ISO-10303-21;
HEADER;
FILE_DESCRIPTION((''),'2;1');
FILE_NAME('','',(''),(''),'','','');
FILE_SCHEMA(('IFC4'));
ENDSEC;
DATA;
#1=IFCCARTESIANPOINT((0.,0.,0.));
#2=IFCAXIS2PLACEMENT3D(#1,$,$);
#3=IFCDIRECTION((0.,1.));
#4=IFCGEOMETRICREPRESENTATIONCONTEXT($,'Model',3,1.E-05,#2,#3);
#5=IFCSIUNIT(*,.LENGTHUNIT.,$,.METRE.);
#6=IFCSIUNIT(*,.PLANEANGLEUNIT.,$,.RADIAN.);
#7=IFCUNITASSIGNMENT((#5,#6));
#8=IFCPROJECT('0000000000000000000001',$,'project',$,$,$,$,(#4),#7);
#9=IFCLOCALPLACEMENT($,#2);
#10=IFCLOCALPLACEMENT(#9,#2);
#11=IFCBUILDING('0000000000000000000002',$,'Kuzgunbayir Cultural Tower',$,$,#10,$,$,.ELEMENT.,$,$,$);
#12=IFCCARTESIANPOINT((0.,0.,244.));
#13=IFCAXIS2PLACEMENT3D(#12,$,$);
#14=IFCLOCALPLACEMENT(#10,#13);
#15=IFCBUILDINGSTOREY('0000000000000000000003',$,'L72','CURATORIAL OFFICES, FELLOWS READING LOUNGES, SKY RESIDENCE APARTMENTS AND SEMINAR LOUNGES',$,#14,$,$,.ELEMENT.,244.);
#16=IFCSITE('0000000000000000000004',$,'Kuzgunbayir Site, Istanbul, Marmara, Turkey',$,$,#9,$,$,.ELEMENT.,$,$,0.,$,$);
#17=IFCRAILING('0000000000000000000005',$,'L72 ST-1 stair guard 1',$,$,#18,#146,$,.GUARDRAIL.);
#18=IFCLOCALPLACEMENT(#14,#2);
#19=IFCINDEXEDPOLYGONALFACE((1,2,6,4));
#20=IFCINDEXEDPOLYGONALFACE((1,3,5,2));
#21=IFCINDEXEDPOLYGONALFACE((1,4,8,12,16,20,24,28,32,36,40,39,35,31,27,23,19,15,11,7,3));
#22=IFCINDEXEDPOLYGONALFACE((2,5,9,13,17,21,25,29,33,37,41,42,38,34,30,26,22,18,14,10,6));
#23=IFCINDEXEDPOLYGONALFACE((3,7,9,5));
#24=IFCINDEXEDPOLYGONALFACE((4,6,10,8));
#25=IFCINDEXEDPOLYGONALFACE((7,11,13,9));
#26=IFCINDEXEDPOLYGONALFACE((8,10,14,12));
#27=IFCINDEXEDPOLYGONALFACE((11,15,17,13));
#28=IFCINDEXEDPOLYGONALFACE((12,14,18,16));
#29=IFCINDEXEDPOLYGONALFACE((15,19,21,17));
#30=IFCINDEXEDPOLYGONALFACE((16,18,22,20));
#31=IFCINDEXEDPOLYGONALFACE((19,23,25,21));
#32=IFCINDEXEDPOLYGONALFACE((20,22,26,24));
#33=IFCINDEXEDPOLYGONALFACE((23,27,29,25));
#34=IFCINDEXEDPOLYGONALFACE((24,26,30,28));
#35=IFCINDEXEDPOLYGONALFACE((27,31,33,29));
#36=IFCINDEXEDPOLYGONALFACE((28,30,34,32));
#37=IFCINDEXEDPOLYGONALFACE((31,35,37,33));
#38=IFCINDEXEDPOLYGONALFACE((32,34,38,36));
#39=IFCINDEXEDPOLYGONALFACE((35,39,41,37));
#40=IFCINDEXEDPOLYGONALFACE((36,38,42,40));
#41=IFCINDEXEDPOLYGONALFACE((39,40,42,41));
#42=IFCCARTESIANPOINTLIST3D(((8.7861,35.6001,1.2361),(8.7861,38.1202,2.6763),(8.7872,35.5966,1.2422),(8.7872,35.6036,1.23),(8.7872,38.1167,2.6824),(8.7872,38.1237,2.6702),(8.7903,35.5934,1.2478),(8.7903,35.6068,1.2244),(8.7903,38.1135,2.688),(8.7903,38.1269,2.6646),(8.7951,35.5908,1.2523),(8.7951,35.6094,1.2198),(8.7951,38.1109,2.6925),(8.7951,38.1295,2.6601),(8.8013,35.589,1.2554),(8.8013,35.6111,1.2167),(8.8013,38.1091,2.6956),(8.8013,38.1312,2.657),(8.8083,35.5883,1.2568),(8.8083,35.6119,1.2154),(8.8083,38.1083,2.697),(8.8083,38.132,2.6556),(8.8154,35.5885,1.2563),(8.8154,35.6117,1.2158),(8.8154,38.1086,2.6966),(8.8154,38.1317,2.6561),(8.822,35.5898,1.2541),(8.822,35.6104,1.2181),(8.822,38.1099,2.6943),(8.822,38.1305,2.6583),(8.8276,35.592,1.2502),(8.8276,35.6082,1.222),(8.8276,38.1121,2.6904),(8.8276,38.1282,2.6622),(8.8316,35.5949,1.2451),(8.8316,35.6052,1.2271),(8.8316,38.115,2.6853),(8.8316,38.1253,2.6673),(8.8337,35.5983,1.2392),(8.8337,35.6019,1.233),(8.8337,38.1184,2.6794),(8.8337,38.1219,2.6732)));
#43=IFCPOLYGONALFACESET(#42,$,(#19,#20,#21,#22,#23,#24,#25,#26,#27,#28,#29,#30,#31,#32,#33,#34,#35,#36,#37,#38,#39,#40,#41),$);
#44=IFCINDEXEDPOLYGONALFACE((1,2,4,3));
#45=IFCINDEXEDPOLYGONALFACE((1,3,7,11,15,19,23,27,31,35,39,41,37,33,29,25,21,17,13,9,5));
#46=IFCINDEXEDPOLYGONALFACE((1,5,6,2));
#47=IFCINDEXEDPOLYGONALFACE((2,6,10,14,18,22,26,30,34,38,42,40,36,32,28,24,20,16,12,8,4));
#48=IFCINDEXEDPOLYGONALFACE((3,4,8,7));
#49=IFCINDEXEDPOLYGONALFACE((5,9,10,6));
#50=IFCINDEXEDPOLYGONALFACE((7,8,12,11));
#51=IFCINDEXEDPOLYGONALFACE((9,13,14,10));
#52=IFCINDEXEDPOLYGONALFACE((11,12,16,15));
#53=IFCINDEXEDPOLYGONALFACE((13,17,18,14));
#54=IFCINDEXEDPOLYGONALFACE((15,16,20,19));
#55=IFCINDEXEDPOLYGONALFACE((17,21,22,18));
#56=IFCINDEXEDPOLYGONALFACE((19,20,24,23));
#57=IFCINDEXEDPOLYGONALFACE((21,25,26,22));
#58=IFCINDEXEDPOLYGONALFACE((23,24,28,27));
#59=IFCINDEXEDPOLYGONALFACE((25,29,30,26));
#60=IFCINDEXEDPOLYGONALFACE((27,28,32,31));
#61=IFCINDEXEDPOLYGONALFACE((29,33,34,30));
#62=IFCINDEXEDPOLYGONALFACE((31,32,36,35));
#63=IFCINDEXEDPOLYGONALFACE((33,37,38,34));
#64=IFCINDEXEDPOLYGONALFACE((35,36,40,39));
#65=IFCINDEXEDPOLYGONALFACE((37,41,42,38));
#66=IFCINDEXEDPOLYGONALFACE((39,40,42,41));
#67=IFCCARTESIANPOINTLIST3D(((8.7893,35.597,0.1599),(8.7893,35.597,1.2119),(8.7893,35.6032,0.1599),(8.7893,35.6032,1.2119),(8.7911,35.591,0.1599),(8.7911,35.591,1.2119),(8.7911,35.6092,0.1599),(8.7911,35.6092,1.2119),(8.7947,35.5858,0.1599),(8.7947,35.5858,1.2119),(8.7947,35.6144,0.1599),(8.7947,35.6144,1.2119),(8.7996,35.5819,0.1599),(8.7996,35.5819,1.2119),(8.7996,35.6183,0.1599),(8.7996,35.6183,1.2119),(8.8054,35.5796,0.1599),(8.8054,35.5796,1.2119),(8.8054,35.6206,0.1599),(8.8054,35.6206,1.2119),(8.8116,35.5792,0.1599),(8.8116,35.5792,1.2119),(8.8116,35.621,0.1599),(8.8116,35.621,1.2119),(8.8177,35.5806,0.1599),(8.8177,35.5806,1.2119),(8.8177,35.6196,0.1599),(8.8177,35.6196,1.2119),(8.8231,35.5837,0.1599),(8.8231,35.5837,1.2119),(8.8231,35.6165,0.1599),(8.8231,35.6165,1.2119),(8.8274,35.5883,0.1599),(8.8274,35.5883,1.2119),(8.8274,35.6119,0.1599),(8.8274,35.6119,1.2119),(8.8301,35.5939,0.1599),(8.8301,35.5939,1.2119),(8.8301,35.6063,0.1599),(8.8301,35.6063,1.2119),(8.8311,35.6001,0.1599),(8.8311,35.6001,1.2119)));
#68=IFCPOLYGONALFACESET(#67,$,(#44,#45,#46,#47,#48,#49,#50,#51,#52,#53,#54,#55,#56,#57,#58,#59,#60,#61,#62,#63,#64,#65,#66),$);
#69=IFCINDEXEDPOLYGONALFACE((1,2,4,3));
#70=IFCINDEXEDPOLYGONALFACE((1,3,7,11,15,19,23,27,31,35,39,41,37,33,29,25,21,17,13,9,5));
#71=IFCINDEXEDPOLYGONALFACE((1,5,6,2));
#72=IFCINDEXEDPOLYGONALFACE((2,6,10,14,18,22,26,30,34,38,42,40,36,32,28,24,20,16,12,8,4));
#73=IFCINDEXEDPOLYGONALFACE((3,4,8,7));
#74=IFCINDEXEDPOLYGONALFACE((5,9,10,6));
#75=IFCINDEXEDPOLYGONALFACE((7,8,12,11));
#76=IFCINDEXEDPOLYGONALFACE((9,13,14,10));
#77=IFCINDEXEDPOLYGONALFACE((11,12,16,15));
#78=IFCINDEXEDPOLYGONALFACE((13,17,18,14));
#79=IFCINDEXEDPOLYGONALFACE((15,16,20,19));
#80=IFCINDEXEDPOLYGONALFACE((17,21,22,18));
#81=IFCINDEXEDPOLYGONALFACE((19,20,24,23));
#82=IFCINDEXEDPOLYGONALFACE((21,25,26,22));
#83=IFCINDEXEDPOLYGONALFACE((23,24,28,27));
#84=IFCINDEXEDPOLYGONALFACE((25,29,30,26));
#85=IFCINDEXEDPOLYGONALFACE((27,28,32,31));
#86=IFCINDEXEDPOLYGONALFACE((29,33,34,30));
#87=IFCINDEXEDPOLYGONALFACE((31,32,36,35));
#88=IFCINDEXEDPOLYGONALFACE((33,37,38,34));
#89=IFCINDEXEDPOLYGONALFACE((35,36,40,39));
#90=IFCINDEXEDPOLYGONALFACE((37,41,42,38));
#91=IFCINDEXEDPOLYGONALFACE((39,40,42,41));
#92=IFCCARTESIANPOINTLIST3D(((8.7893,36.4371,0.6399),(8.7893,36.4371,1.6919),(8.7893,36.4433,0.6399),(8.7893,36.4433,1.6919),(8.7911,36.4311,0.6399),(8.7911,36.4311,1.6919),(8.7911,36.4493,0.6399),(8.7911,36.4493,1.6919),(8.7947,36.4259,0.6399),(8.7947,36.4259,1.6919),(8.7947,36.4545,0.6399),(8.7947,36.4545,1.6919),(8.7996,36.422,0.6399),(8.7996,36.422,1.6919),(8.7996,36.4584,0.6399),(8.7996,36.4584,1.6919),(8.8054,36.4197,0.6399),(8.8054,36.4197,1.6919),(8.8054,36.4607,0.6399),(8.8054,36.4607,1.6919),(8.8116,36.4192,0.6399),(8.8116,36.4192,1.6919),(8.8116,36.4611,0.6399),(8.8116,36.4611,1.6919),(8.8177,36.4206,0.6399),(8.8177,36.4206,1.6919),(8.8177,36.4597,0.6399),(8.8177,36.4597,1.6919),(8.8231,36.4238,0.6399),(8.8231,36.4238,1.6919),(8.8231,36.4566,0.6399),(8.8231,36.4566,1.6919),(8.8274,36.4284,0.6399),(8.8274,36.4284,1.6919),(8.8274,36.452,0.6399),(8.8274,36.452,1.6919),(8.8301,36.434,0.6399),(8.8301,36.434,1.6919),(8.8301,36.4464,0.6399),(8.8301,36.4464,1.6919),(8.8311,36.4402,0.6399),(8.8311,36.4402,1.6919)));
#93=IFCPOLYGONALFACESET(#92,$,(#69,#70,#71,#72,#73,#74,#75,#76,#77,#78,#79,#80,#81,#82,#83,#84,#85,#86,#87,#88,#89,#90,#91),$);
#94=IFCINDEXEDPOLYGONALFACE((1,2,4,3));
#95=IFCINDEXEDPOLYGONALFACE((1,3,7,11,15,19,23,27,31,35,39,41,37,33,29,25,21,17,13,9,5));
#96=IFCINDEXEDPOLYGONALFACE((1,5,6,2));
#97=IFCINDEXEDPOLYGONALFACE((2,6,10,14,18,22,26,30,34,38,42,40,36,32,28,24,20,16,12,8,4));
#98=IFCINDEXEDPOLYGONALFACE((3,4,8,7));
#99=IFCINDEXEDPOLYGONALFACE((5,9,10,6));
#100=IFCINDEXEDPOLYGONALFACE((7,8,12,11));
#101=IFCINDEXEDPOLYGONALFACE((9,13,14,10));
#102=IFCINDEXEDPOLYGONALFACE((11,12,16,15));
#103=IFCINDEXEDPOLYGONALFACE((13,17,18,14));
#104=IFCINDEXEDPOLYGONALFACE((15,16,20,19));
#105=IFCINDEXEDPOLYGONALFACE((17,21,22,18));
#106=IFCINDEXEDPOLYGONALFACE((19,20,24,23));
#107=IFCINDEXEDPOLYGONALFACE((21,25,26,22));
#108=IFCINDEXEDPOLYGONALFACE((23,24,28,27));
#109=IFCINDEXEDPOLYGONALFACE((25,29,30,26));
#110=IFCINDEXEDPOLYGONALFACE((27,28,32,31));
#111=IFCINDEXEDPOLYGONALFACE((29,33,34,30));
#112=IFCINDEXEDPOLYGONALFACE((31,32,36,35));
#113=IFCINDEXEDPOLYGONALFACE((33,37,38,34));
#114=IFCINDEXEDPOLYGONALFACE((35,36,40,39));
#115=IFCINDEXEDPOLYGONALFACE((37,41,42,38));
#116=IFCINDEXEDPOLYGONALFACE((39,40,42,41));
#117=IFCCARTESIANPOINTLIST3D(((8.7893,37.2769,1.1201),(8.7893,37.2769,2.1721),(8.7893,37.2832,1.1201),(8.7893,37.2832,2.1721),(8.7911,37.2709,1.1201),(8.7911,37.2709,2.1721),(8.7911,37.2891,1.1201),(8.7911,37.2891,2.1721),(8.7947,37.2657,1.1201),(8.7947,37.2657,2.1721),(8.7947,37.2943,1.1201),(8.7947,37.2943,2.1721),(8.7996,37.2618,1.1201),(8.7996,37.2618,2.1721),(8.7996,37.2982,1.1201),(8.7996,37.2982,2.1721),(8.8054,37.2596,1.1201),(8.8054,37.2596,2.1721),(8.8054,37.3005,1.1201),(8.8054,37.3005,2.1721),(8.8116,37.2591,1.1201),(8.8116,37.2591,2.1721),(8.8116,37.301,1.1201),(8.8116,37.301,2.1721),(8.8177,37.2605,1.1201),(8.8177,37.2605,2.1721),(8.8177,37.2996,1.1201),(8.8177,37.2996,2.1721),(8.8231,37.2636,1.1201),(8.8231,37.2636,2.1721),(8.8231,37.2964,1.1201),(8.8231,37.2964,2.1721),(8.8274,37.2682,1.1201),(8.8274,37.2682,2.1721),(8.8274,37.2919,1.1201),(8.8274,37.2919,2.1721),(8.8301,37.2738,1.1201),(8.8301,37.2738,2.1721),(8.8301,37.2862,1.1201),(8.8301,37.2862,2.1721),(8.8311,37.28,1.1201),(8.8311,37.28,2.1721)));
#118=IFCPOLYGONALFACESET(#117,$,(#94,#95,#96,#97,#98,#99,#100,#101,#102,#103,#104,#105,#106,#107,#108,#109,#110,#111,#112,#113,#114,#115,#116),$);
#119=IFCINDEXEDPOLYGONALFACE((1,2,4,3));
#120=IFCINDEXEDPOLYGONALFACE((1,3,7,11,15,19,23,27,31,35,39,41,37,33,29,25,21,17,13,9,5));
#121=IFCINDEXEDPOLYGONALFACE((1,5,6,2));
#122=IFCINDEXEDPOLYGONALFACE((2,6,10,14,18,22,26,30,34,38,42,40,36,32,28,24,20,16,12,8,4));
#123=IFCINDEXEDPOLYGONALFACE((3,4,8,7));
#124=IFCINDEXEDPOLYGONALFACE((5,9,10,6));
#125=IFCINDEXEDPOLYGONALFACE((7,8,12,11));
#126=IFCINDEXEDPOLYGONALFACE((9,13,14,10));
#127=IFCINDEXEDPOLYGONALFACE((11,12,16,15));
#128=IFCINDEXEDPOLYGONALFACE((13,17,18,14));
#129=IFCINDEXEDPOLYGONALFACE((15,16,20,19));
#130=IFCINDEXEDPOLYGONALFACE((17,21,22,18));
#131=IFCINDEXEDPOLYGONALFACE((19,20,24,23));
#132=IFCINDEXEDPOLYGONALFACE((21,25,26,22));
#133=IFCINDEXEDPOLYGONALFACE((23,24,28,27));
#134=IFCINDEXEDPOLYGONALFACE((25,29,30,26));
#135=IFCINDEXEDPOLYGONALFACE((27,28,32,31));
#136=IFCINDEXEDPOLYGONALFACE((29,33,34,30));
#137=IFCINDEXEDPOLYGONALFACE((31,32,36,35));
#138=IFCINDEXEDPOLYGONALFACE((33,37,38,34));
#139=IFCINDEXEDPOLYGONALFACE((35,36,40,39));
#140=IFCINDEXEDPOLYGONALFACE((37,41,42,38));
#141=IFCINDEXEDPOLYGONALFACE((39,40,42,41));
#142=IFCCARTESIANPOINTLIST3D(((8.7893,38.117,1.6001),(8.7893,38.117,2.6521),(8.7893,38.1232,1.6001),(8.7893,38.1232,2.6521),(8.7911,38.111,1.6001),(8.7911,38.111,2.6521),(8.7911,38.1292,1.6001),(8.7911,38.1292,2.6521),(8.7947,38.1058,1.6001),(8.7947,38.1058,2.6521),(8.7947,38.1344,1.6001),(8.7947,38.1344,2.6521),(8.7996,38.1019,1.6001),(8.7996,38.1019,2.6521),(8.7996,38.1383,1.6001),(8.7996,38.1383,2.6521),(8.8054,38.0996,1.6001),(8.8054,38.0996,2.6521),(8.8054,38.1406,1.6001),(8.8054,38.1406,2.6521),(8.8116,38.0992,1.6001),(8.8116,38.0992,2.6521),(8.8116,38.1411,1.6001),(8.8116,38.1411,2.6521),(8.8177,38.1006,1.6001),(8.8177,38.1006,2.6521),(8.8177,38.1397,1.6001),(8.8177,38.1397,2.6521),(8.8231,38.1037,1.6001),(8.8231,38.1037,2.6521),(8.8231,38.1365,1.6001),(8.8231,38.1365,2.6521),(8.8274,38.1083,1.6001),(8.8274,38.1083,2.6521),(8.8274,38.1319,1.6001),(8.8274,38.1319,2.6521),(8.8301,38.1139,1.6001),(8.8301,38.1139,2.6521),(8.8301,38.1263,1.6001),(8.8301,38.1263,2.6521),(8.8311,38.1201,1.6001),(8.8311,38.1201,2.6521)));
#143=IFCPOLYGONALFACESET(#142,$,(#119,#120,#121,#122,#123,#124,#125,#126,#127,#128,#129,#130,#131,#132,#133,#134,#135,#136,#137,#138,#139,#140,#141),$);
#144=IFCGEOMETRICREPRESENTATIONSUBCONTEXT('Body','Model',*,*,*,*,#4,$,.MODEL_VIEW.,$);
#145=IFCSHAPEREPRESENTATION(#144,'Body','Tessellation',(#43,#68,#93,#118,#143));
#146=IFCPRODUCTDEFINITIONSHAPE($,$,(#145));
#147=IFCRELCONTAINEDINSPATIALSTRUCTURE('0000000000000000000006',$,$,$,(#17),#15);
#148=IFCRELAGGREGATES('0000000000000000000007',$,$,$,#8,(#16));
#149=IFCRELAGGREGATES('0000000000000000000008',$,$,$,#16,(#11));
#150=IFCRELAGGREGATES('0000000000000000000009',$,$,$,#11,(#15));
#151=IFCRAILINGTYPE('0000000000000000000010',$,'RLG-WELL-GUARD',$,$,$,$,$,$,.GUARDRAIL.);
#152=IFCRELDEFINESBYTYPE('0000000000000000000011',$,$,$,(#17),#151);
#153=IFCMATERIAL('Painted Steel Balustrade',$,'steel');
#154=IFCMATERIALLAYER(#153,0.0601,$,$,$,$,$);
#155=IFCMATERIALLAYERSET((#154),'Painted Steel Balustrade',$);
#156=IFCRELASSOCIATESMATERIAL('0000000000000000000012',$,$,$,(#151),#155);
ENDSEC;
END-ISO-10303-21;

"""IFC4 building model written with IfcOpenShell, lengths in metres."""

from ifc_helpers import new_model, si_unit, direction, frame, origin, origin_2d, place, context, subcontext, project, spatial, circle, extrude, material, layer, layer_set, type_object, element, save


model = new_model("IFC4")

# Units and contexts
model_context = context("Model", 3, precision=1e-05, world=origin(), true_north=direction((0.0, 1.0)))
body_context = subcontext(model_context, "Body", "Model", "MODEL_VIEW")
ifc_project = project(units=[si_unit("LENGTHUNIT", "METRE"), si_unit("PLANEANGLEUNIT", "RADIAN")], contexts=[model_context])

# Site, building, storey
site_placement = place(None, origin())
site = spatial("IfcSite", under=ifc_project, at=site_placement, Name="Kuzgunbayir Site, Istanbul, Marmara, Turkey", CompositionType="ELEMENT", RefElevation=0.0)
building_placement = place(site_placement, origin())
building = spatial("IfcBuilding", under=site, at=building_placement, Name="Kuzgunbayir Cultural Tower", CompositionType="ELEMENT")
storey_placement = place(building_placement, frame((0.0, 0.0, 244.0)))
storey = spatial("IfcBuildingStorey", under=building, at=storey_placement, Name="L72", Description="CURATORIAL OFFICES, FELLOWS READING LOUNGES, SKY RESIDENCE APARTMENTS AND SEMINAR LOUNGES", CompositionType="ELEMENT", Elevation=244.0)

# Railing
ifc_material_1 = material(Name="Painted Steel Balustrade", Category="steel")
ifc_layer_1 = layer(ifc_material_1, 0.0601)
ifc_layer_set_1 = layer_set([ifc_layer_1], Name="Painted Steel Balustrade")
railing_type_1 = type_object("IfcRailingType", Name="RLG-WELL-GUARD", PredefinedType="GUARDRAIL", material=ifc_layer_set_1)
railing_1_placement = place(storey_placement, frame((8.8101, 35.6001, 0.1599)))
element("IfcRailing", 1, at=railing_1_placement, inside=storey, type_object=railing_type_1, Name="L72 ST-1 stair guard 1", PredefinedType="GUARDRAIL", context=body_context, shape_type="SweptSolid", body=[
    extrude(circle(Radius=0.0239, at=origin_2d()), frame((0.0, 0.0, 1.0762), z_axis=(0.0, 0.868217, 0.496184), x_axis=(-1.0, 0.0, 0.0)), (0.0, 0.0, 1.0), 2.9026),
    extrude(circle(Radius=0.021, at=origin_2d()), origin(), (0.0, 0.0, 1.0), 1.052),
    extrude(circle(Radius=0.021, at=origin_2d()), frame((0.0, 0.8401, 0.48)), (0.0, 0.0, 1.0), 1.052),
    extrude(circle(Radius=0.021, at=origin_2d()), frame((0.0, 1.6799, 0.9602)), (0.0, 0.0, 1.0), 1.052),
    extrude(circle(Radius=0.021, at=origin_2d()), frame((0.0, 2.52, 1.4402)), (0.0, 0.0, 1.0), 1.052),
])

save(model, "model.ifc")
